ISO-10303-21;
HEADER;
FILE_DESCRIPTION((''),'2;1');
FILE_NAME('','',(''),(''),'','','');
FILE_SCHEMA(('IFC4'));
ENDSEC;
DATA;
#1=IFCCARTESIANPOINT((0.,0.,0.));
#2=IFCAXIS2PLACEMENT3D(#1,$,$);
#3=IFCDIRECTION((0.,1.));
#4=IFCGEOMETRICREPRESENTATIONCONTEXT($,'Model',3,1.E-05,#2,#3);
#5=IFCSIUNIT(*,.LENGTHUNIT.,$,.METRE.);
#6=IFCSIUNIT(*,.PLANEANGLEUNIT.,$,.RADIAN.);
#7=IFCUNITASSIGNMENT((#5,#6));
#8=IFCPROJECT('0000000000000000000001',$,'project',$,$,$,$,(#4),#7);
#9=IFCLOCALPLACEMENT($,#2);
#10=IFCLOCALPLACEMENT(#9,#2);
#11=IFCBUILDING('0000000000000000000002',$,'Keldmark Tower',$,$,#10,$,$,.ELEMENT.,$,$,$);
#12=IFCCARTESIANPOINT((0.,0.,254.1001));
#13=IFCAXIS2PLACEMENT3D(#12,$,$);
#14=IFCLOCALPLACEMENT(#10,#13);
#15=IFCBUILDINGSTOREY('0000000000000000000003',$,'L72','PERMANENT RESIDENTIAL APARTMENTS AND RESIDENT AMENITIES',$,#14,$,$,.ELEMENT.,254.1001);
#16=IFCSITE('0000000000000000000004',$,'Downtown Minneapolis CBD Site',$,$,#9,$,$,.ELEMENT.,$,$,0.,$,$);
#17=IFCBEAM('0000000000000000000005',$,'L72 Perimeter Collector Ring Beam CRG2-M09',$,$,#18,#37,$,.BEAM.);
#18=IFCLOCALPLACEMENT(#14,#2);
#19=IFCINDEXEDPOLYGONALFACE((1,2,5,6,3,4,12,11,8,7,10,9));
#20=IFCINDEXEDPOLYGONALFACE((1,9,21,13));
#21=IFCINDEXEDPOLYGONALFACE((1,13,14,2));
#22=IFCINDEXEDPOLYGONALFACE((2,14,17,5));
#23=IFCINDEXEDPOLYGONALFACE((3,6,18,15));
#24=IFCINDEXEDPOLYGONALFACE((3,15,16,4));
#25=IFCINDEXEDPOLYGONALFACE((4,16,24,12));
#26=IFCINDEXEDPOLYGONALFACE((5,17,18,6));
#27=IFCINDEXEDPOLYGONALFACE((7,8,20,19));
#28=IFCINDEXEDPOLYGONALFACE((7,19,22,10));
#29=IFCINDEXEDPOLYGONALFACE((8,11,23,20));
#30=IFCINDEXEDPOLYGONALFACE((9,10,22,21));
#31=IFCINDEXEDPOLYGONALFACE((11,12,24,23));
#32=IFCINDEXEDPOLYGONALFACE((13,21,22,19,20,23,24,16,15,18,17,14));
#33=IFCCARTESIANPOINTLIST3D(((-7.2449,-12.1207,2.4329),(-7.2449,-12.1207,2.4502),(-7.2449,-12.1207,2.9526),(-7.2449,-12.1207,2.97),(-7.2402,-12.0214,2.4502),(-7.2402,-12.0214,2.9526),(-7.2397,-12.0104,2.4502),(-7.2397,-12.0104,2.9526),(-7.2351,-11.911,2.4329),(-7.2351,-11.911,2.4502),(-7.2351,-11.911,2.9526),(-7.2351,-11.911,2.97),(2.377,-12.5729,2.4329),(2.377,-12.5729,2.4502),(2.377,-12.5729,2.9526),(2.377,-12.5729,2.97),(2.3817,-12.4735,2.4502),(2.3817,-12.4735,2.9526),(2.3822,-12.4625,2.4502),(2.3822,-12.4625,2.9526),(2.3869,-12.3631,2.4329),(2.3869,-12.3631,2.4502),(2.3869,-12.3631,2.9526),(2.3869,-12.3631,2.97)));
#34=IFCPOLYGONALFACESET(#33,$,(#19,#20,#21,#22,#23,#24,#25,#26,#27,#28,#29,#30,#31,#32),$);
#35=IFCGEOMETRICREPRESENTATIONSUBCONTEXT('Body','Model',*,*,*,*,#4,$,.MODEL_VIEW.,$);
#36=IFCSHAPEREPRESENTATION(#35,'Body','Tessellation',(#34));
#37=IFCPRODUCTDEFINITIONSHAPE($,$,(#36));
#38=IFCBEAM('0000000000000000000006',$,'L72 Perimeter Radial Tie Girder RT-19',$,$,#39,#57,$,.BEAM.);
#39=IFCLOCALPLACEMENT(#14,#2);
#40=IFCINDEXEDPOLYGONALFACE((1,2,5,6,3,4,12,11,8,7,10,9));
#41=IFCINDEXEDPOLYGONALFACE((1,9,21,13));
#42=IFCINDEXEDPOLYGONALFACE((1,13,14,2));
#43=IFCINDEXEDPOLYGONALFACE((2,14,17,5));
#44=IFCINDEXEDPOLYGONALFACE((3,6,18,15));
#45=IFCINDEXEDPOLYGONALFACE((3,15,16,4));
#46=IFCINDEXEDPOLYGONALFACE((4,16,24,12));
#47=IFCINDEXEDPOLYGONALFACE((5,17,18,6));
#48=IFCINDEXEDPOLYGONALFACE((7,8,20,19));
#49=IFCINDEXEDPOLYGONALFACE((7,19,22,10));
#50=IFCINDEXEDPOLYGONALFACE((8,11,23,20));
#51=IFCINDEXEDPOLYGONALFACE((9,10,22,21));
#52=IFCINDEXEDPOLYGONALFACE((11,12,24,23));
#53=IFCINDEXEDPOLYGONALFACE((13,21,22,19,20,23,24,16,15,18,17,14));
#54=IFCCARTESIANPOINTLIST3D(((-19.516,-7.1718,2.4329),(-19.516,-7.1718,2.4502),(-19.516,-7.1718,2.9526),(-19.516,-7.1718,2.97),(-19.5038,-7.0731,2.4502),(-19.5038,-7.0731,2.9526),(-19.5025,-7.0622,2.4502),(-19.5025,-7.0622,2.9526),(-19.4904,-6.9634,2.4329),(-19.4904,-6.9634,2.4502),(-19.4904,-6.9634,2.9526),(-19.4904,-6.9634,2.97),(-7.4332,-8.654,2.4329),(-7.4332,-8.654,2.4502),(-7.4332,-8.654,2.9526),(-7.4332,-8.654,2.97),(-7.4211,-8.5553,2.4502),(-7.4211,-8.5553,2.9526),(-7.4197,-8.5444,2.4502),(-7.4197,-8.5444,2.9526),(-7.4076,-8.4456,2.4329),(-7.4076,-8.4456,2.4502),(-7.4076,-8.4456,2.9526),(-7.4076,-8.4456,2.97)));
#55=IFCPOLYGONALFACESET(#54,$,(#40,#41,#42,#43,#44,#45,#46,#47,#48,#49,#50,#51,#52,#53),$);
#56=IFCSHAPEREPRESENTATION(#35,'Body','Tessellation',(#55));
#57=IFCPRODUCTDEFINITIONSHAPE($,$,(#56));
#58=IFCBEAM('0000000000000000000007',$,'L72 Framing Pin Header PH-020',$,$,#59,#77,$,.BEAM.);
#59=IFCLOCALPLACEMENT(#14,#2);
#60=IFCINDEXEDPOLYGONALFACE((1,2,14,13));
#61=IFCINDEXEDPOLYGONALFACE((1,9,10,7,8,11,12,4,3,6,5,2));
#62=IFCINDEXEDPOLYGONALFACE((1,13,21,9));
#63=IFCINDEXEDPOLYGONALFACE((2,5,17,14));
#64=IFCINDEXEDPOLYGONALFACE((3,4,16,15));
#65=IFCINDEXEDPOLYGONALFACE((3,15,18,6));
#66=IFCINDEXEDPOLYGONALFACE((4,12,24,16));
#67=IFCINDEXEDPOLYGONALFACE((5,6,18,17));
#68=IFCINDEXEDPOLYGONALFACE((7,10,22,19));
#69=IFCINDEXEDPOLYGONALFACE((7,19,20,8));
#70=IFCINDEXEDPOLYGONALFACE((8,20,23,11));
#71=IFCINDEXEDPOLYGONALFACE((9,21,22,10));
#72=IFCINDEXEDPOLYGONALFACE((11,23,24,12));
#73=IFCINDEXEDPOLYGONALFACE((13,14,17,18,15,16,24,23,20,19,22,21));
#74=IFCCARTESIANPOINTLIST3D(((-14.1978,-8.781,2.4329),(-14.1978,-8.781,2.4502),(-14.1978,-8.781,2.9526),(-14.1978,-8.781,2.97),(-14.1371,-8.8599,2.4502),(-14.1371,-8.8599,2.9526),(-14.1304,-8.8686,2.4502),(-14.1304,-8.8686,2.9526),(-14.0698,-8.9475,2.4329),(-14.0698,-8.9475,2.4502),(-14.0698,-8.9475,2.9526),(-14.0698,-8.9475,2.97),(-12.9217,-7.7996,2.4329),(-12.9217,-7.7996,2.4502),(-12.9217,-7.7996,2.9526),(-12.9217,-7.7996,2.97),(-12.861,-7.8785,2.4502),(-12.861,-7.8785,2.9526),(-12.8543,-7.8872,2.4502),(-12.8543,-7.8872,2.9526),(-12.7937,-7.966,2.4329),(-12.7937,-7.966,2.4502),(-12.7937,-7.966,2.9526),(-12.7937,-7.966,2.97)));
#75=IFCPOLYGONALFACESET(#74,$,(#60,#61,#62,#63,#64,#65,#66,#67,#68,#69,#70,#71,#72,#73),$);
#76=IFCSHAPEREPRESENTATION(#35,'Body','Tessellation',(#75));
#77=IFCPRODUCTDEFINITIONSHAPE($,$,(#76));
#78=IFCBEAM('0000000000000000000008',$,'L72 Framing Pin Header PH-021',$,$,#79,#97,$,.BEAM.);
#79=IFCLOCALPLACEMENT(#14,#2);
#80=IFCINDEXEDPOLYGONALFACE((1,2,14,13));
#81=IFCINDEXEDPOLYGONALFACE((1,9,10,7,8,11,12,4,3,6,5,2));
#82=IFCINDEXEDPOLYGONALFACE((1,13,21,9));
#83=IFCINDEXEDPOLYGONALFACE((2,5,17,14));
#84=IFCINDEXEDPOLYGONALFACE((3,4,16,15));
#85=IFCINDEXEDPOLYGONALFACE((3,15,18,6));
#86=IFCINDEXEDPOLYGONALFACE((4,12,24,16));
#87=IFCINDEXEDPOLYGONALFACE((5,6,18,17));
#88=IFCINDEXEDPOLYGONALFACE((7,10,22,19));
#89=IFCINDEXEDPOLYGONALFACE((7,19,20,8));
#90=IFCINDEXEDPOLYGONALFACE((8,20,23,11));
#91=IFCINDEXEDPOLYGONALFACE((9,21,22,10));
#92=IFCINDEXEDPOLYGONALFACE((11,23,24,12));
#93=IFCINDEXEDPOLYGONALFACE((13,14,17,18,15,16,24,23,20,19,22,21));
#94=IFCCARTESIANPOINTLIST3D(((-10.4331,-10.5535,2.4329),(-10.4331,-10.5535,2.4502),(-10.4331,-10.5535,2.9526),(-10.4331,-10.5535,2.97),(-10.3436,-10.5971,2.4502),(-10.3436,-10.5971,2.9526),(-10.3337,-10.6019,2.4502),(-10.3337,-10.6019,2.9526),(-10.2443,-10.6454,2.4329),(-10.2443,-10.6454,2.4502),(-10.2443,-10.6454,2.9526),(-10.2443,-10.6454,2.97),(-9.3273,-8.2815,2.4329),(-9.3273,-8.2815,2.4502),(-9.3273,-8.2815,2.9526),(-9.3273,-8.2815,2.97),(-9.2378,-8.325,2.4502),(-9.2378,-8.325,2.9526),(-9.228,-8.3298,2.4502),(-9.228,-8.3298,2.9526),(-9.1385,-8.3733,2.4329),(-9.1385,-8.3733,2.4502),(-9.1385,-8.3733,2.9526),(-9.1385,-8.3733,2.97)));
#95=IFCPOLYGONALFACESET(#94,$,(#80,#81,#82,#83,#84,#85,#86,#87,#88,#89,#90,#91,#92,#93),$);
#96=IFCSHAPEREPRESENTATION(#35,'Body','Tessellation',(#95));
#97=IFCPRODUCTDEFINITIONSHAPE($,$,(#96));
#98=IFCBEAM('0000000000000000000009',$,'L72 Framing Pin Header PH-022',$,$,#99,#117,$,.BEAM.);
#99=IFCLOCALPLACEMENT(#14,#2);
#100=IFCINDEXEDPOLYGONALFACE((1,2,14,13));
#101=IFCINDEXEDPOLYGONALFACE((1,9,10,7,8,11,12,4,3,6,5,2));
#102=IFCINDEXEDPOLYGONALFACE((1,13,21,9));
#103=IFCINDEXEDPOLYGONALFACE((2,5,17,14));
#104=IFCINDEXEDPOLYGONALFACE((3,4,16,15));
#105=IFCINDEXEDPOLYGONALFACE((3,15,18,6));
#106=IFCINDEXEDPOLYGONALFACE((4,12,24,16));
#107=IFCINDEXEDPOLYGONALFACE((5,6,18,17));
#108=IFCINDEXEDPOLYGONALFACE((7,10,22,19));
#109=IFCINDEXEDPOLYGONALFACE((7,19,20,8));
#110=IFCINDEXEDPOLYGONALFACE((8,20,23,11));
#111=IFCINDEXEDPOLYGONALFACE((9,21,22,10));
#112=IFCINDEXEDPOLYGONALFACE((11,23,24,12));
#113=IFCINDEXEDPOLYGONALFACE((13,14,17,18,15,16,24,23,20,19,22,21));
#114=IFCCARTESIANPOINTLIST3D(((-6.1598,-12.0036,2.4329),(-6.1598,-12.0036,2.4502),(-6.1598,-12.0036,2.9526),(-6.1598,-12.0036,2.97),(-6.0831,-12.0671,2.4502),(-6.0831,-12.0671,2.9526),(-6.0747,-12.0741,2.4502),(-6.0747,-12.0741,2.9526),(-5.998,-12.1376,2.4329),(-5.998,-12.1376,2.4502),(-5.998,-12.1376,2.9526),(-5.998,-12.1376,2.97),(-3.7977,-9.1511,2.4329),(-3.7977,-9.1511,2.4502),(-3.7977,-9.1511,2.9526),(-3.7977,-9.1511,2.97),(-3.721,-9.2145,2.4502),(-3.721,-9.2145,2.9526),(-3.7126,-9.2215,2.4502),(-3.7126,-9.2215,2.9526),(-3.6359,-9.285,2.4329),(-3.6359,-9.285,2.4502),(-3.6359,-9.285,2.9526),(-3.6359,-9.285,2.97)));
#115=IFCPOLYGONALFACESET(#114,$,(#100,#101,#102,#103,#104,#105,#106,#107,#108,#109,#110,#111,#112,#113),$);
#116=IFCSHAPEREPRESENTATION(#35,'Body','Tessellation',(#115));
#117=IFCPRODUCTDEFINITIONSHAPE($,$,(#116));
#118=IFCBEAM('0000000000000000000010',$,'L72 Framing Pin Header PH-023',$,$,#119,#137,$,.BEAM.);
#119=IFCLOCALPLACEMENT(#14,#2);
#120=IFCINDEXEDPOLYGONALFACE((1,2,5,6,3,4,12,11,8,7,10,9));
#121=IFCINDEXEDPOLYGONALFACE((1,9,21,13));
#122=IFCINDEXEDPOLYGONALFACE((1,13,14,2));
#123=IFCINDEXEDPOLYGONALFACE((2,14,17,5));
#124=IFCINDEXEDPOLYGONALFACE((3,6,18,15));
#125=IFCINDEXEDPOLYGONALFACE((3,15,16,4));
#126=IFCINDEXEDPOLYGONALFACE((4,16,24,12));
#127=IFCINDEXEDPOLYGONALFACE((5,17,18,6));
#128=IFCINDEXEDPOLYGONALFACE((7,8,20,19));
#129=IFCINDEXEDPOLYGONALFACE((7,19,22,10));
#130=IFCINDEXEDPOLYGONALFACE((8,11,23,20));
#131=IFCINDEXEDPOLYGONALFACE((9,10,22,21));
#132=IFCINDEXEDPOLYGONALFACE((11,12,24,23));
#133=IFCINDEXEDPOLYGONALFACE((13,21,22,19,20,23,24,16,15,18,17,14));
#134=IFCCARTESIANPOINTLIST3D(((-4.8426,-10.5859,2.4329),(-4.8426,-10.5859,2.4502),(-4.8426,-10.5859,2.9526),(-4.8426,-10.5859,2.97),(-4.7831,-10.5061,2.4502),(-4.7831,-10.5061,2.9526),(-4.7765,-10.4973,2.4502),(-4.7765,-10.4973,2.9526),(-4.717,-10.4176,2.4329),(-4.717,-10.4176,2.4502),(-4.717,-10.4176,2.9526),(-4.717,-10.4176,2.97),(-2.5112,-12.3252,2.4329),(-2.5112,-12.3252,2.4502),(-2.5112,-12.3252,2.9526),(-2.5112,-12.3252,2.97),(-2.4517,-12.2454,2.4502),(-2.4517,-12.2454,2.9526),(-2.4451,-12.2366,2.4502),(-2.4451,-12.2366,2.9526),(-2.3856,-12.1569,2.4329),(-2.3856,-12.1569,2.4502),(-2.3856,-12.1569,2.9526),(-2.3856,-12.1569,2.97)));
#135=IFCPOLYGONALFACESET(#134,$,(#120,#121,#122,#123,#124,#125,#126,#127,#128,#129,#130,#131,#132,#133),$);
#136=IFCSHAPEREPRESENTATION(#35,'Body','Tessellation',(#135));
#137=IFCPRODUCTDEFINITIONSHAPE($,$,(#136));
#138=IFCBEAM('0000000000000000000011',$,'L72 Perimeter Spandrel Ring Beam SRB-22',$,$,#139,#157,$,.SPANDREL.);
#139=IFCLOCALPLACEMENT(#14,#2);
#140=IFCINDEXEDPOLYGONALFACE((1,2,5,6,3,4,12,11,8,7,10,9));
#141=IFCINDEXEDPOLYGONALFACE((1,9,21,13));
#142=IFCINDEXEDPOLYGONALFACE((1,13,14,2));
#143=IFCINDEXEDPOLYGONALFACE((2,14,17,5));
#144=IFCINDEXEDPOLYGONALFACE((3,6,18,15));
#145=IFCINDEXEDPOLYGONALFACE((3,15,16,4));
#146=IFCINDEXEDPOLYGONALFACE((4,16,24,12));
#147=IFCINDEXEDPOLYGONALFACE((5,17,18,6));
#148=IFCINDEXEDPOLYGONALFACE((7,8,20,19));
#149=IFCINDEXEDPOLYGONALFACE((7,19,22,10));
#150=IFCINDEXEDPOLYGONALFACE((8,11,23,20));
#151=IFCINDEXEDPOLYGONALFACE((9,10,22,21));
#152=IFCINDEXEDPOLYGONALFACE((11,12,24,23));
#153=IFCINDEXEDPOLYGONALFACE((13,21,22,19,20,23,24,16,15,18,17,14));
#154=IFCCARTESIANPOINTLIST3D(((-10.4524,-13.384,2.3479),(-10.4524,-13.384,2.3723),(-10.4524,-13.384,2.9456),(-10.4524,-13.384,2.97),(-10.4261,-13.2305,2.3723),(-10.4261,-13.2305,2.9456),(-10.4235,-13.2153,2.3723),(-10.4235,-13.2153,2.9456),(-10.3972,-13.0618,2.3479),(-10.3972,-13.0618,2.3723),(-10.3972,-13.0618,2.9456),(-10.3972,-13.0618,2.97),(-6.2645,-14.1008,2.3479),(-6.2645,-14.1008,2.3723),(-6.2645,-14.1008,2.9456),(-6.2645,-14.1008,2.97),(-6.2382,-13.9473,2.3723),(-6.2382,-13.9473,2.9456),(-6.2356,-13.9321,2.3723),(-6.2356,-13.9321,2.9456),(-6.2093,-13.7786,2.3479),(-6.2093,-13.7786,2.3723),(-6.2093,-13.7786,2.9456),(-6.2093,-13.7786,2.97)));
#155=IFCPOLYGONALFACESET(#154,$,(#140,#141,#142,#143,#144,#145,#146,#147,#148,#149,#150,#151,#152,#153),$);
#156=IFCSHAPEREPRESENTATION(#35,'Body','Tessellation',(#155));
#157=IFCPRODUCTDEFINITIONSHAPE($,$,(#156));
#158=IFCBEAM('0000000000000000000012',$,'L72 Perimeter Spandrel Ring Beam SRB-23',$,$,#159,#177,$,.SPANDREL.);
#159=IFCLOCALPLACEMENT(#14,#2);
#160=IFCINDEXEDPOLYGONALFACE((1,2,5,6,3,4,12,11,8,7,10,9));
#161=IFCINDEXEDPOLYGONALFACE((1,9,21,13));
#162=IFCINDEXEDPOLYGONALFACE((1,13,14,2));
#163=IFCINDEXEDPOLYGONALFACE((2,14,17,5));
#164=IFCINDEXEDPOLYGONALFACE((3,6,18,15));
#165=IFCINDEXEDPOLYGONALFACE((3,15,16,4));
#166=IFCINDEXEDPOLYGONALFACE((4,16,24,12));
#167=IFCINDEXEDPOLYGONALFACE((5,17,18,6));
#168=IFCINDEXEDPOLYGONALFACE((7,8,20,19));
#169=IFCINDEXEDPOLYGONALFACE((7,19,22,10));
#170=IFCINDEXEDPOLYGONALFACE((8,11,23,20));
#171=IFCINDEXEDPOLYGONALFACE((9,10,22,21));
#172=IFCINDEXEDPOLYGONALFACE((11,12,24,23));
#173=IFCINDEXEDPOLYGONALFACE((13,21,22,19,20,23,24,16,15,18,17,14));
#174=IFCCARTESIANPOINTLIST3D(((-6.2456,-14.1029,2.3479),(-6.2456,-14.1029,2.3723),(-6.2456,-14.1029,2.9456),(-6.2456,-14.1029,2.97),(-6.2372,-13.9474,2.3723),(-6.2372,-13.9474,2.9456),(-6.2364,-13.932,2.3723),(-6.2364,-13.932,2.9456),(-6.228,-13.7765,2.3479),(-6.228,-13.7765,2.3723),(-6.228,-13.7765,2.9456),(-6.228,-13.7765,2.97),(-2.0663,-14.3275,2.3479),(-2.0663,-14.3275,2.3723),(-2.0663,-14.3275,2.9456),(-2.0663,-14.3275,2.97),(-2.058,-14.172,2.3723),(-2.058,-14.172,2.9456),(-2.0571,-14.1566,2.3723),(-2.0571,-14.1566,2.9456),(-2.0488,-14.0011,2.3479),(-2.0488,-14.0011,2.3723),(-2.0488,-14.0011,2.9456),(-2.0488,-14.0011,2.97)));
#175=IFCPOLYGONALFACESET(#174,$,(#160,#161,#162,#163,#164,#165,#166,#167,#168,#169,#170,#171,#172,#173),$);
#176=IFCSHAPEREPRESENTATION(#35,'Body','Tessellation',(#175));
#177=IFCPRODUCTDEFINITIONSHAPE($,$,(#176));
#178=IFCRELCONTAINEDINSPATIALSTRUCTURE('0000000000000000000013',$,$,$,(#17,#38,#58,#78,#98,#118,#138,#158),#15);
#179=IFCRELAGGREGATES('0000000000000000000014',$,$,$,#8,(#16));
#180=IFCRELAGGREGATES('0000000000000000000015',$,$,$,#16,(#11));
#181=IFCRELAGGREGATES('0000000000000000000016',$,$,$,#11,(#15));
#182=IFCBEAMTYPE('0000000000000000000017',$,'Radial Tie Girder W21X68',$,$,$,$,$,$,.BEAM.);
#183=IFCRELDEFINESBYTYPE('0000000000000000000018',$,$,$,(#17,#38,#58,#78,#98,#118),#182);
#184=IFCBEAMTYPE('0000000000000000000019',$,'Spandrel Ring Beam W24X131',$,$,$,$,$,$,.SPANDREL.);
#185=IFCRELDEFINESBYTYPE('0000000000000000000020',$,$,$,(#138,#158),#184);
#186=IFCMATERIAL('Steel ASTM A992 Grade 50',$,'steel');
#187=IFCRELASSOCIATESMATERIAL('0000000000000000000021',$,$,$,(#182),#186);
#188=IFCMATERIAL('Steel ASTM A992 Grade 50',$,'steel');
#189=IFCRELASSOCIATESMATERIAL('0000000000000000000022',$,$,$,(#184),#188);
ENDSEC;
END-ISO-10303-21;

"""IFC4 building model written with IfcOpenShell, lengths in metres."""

from ifc_helpers import new_model, si_unit, direction, frame, origin, origin_2d, place, context, subcontext, project, spatial, i_section, extrude, material, material_profile, profile_set, type_object, element, save


model = new_model("IFC4")

# Units and contexts
model_context = context("Model", 3, precision=1e-05, world=origin(), true_north=direction((0.0, 1.0)))
body_context = subcontext(model_context, "Body", "Model", "MODEL_VIEW")
ifc_project = project(units=[si_unit("LENGTHUNIT", "METRE"), si_unit("PLANEANGLEUNIT", "RADIAN")], contexts=[model_context])

# Site, building, storey
site_placement = place(None, origin())
site = spatial("IfcSite", under=ifc_project, at=site_placement, Name="Downtown Minneapolis CBD Site", CompositionType="ELEMENT", RefElevation=0.0)
building_placement = place(site_placement, origin())
building = spatial("IfcBuilding", under=site, at=building_placement, Name="Keldmark Tower", CompositionType="ELEMENT")
storey_placement = place(building_placement, frame((0.0, 0.0, 254.1001)))
storey = spatial("IfcBuildingStorey", under=building, at=storey_placement, Name="L72", Description="PERMANENT RESIDENTIAL APARTMENTS AND RESIDENT AMENITIES", CompositionType="ELEMENT", Elevation=254.1001)

# Beams
ifc_material_1 = material(Name="Steel ASTM A992 Grade 50", Category="steel")
ifc_material_profile_1 = material_profile(ifc_material_1, i_section(OverallWidth=0.21, OverallDepth=0.5371, WebThickness=0.011, FlangeThickness=0.0173, at=origin_2d()), Name="W21X68")
ifc_profile_set_1 = profile_set([ifc_material_profile_1], Name="Steel ASTM A992 Grade 50")
beam_type_1 = type_object("IfcBeamType", Name="Radial Tie Girder W21X68", PredefinedType="BEAM", material=ifc_profile_set_1)
beam_1_placement = place(storey_placement, frame((-7.24, -12.0159, 2.7014), z_axis=(0.998898, -0.046939, 0.0), x_axis=(0.046939, 0.998898, 0.0)))
element("IfcBeam", 1, at=beam_1_placement, inside=storey, type_object=beam_type_1, Name="L72 Perimeter Collector Ring Beam CRG2-M09", PredefinedType="BEAM", context=body_context, shape_type="SweptSolid", body=[
    extrude(i_section(OverallWidth=0.21, OverallDepth=0.5371, WebThickness=0.011, FlangeThickness=0.0173, at=origin_2d()), origin(), (0.0, 0.0, 1.0), 9.6326),
])
beam_2_placement = place(storey_placement, frame((-7.4204, -8.5498, 2.7014), z_axis=(-0.99256, 0.121756, 0.0), x_axis=(-0.121756, -0.99256, 0.0)))
element("IfcBeam", 2, at=beam_2_placement, inside=storey, type_object=beam_type_1, Name="L72 Perimeter Radial Tie Girder RT-19", PredefinedType="BEAM", context=body_context, shape_type="SweptSolid", body=[
    extrude(i_section(OverallWidth=0.21, OverallDepth=0.5371, WebThickness=0.011, FlangeThickness=0.0173, at=origin_2d()), origin(), (0.0, 0.0, 1.0), 12.1733),
])
beam_3_placement = place(storey_placement, frame((-12.8577, -7.8828, 2.7014), z_axis=(-0.79268, -0.609637, 0.0), x_axis=(0.609637, -0.79268, 0.0)))
element("IfcBeam", 3, at=beam_3_placement, inside=storey, type_object=beam_type_1, Name="L72 Framing Pin Header PH-020", PredefinedType="BEAM", context=body_context, shape_type="SweptSolid", body=[
    extrude(i_section(OverallWidth=0.21, OverallDepth=0.5371, WebThickness=0.011, FlangeThickness=0.0173, at=origin_2d()), origin(), (0.0, 0.0, 1.0), 1.6099),
])
beam_4_placement = place(storey_placement, frame((-9.2329, -8.3274, 2.7014), z_axis=(-0.437603, -0.899168, 0.0), x_axis=(0.899168, -0.437603, 0.0)))
element("IfcBeam", 4, at=beam_4_placement, inside=storey, type_object=beam_type_1, Name="L72 Framing Pin Header PH-021", PredefinedType="BEAM", context=body_context, shape_type="SweptSolid", body=[
    extrude(i_section(OverallWidth=0.21, OverallDepth=0.5371, WebThickness=0.011, FlangeThickness=0.0173, at=origin_2d()), origin(), (0.0, 0.0, 1.0), 2.5269),
])
beam_5_placement = place(storey_placement, frame((-3.7168, -9.218, 2.7014), z_axis=(-0.637782, -0.770217, 0.0), x_axis=(0.770217, -0.637782, 0.0)))
element("IfcBeam", 5, at=beam_5_placement, inside=storey, type_object=beam_type_1, Name="L72 Framing Pin Header PH-022", PredefinedType="BEAM", context=body_context, shape_type="SweptSolid", body=[
    extrude(i_section(OverallWidth=0.21, OverallDepth=0.5371, WebThickness=0.011, FlangeThickness=0.0173, at=origin_2d()), origin(), (0.0, 0.0, 1.0), 3.7036),
])
beam_6_placement = place(storey_placement, frame((-4.7798, -10.5017, 2.7014), z_axis=(0.801518, -0.59797, 0.0), x_axis=(0.59797, 0.801518, 0.0)))
element("IfcBeam", 6, at=beam_6_placement, inside=storey, type_object=beam_type_1, Name="L72 Framing Pin Header PH-023", PredefinedType="BEAM", context=body_context, shape_type="SweptSolid", body=[
    extrude(i_section(OverallWidth=0.21, OverallDepth=0.5371, WebThickness=0.011, FlangeThickness=0.0173, at=origin_2d()), origin(), (0.0, 0.0, 1.0), 2.9087),
])
ifc_material_2 = material(Name="Steel ASTM A992 Grade 50", Category="steel")
ifc_material_profile_2 = material_profile(ifc_material_2, i_section(OverallWidth=0.3269, OverallDepth=0.6221, WebThickness=0.0154, FlangeThickness=0.0244, at=origin_2d()), Name="W24X131")
ifc_profile_set_2 = profile_set([ifc_material_profile_2], Name="Steel ASTM A992 Grade 50")
beam_type_2 = type_object("IfcBeamType", Name="Spandrel Ring Beam W24X131", PredefinedType="SPANDREL", material=ifc_profile_set_2)
beam_7_placement = place(storey_placement, frame((-10.4248, -13.2229, 2.6589), z_axis=(0.985667, -0.168702, 0.0), x_axis=(0.168702, 0.985667, 0.0)))
element("IfcBeam", 7, at=beam_7_placement, inside=storey, type_object=beam_type_2, Name="L72 Perimeter Spandrel Ring Beam SRB-22", PredefinedType="SPANDREL", context=body_context, shape_type="SweptSolid", body=[
    extrude(i_section(OverallWidth=0.3269, OverallDepth=0.6221, WebThickness=0.0154, FlangeThickness=0.0244, at=origin_2d()), origin(), (0.0, 0.0, 1.0), 4.2488),
])
beam_8_placement = place(storey_placement, frame((-6.2368, -13.9397, 2.6589), z_axis=(0.998559, -0.053667, 0.0), x_axis=(0.053667, 0.998559, 0.0)))
element("IfcBeam", 8, at=beam_8_placement, inside=storey, type_object=beam_type_2, Name="L72 Perimeter Spandrel Ring Beam SRB-23", PredefinedType="SPANDREL", context=body_context, shape_type="SweptSolid", body=[
    extrude(i_section(OverallWidth=0.3269, OverallDepth=0.6221, WebThickness=0.0154, FlangeThickness=0.0244, at=origin_2d()), origin(), (0.0, 0.0, 1.0), 4.1853),
])

save(model, "model.ifc")
